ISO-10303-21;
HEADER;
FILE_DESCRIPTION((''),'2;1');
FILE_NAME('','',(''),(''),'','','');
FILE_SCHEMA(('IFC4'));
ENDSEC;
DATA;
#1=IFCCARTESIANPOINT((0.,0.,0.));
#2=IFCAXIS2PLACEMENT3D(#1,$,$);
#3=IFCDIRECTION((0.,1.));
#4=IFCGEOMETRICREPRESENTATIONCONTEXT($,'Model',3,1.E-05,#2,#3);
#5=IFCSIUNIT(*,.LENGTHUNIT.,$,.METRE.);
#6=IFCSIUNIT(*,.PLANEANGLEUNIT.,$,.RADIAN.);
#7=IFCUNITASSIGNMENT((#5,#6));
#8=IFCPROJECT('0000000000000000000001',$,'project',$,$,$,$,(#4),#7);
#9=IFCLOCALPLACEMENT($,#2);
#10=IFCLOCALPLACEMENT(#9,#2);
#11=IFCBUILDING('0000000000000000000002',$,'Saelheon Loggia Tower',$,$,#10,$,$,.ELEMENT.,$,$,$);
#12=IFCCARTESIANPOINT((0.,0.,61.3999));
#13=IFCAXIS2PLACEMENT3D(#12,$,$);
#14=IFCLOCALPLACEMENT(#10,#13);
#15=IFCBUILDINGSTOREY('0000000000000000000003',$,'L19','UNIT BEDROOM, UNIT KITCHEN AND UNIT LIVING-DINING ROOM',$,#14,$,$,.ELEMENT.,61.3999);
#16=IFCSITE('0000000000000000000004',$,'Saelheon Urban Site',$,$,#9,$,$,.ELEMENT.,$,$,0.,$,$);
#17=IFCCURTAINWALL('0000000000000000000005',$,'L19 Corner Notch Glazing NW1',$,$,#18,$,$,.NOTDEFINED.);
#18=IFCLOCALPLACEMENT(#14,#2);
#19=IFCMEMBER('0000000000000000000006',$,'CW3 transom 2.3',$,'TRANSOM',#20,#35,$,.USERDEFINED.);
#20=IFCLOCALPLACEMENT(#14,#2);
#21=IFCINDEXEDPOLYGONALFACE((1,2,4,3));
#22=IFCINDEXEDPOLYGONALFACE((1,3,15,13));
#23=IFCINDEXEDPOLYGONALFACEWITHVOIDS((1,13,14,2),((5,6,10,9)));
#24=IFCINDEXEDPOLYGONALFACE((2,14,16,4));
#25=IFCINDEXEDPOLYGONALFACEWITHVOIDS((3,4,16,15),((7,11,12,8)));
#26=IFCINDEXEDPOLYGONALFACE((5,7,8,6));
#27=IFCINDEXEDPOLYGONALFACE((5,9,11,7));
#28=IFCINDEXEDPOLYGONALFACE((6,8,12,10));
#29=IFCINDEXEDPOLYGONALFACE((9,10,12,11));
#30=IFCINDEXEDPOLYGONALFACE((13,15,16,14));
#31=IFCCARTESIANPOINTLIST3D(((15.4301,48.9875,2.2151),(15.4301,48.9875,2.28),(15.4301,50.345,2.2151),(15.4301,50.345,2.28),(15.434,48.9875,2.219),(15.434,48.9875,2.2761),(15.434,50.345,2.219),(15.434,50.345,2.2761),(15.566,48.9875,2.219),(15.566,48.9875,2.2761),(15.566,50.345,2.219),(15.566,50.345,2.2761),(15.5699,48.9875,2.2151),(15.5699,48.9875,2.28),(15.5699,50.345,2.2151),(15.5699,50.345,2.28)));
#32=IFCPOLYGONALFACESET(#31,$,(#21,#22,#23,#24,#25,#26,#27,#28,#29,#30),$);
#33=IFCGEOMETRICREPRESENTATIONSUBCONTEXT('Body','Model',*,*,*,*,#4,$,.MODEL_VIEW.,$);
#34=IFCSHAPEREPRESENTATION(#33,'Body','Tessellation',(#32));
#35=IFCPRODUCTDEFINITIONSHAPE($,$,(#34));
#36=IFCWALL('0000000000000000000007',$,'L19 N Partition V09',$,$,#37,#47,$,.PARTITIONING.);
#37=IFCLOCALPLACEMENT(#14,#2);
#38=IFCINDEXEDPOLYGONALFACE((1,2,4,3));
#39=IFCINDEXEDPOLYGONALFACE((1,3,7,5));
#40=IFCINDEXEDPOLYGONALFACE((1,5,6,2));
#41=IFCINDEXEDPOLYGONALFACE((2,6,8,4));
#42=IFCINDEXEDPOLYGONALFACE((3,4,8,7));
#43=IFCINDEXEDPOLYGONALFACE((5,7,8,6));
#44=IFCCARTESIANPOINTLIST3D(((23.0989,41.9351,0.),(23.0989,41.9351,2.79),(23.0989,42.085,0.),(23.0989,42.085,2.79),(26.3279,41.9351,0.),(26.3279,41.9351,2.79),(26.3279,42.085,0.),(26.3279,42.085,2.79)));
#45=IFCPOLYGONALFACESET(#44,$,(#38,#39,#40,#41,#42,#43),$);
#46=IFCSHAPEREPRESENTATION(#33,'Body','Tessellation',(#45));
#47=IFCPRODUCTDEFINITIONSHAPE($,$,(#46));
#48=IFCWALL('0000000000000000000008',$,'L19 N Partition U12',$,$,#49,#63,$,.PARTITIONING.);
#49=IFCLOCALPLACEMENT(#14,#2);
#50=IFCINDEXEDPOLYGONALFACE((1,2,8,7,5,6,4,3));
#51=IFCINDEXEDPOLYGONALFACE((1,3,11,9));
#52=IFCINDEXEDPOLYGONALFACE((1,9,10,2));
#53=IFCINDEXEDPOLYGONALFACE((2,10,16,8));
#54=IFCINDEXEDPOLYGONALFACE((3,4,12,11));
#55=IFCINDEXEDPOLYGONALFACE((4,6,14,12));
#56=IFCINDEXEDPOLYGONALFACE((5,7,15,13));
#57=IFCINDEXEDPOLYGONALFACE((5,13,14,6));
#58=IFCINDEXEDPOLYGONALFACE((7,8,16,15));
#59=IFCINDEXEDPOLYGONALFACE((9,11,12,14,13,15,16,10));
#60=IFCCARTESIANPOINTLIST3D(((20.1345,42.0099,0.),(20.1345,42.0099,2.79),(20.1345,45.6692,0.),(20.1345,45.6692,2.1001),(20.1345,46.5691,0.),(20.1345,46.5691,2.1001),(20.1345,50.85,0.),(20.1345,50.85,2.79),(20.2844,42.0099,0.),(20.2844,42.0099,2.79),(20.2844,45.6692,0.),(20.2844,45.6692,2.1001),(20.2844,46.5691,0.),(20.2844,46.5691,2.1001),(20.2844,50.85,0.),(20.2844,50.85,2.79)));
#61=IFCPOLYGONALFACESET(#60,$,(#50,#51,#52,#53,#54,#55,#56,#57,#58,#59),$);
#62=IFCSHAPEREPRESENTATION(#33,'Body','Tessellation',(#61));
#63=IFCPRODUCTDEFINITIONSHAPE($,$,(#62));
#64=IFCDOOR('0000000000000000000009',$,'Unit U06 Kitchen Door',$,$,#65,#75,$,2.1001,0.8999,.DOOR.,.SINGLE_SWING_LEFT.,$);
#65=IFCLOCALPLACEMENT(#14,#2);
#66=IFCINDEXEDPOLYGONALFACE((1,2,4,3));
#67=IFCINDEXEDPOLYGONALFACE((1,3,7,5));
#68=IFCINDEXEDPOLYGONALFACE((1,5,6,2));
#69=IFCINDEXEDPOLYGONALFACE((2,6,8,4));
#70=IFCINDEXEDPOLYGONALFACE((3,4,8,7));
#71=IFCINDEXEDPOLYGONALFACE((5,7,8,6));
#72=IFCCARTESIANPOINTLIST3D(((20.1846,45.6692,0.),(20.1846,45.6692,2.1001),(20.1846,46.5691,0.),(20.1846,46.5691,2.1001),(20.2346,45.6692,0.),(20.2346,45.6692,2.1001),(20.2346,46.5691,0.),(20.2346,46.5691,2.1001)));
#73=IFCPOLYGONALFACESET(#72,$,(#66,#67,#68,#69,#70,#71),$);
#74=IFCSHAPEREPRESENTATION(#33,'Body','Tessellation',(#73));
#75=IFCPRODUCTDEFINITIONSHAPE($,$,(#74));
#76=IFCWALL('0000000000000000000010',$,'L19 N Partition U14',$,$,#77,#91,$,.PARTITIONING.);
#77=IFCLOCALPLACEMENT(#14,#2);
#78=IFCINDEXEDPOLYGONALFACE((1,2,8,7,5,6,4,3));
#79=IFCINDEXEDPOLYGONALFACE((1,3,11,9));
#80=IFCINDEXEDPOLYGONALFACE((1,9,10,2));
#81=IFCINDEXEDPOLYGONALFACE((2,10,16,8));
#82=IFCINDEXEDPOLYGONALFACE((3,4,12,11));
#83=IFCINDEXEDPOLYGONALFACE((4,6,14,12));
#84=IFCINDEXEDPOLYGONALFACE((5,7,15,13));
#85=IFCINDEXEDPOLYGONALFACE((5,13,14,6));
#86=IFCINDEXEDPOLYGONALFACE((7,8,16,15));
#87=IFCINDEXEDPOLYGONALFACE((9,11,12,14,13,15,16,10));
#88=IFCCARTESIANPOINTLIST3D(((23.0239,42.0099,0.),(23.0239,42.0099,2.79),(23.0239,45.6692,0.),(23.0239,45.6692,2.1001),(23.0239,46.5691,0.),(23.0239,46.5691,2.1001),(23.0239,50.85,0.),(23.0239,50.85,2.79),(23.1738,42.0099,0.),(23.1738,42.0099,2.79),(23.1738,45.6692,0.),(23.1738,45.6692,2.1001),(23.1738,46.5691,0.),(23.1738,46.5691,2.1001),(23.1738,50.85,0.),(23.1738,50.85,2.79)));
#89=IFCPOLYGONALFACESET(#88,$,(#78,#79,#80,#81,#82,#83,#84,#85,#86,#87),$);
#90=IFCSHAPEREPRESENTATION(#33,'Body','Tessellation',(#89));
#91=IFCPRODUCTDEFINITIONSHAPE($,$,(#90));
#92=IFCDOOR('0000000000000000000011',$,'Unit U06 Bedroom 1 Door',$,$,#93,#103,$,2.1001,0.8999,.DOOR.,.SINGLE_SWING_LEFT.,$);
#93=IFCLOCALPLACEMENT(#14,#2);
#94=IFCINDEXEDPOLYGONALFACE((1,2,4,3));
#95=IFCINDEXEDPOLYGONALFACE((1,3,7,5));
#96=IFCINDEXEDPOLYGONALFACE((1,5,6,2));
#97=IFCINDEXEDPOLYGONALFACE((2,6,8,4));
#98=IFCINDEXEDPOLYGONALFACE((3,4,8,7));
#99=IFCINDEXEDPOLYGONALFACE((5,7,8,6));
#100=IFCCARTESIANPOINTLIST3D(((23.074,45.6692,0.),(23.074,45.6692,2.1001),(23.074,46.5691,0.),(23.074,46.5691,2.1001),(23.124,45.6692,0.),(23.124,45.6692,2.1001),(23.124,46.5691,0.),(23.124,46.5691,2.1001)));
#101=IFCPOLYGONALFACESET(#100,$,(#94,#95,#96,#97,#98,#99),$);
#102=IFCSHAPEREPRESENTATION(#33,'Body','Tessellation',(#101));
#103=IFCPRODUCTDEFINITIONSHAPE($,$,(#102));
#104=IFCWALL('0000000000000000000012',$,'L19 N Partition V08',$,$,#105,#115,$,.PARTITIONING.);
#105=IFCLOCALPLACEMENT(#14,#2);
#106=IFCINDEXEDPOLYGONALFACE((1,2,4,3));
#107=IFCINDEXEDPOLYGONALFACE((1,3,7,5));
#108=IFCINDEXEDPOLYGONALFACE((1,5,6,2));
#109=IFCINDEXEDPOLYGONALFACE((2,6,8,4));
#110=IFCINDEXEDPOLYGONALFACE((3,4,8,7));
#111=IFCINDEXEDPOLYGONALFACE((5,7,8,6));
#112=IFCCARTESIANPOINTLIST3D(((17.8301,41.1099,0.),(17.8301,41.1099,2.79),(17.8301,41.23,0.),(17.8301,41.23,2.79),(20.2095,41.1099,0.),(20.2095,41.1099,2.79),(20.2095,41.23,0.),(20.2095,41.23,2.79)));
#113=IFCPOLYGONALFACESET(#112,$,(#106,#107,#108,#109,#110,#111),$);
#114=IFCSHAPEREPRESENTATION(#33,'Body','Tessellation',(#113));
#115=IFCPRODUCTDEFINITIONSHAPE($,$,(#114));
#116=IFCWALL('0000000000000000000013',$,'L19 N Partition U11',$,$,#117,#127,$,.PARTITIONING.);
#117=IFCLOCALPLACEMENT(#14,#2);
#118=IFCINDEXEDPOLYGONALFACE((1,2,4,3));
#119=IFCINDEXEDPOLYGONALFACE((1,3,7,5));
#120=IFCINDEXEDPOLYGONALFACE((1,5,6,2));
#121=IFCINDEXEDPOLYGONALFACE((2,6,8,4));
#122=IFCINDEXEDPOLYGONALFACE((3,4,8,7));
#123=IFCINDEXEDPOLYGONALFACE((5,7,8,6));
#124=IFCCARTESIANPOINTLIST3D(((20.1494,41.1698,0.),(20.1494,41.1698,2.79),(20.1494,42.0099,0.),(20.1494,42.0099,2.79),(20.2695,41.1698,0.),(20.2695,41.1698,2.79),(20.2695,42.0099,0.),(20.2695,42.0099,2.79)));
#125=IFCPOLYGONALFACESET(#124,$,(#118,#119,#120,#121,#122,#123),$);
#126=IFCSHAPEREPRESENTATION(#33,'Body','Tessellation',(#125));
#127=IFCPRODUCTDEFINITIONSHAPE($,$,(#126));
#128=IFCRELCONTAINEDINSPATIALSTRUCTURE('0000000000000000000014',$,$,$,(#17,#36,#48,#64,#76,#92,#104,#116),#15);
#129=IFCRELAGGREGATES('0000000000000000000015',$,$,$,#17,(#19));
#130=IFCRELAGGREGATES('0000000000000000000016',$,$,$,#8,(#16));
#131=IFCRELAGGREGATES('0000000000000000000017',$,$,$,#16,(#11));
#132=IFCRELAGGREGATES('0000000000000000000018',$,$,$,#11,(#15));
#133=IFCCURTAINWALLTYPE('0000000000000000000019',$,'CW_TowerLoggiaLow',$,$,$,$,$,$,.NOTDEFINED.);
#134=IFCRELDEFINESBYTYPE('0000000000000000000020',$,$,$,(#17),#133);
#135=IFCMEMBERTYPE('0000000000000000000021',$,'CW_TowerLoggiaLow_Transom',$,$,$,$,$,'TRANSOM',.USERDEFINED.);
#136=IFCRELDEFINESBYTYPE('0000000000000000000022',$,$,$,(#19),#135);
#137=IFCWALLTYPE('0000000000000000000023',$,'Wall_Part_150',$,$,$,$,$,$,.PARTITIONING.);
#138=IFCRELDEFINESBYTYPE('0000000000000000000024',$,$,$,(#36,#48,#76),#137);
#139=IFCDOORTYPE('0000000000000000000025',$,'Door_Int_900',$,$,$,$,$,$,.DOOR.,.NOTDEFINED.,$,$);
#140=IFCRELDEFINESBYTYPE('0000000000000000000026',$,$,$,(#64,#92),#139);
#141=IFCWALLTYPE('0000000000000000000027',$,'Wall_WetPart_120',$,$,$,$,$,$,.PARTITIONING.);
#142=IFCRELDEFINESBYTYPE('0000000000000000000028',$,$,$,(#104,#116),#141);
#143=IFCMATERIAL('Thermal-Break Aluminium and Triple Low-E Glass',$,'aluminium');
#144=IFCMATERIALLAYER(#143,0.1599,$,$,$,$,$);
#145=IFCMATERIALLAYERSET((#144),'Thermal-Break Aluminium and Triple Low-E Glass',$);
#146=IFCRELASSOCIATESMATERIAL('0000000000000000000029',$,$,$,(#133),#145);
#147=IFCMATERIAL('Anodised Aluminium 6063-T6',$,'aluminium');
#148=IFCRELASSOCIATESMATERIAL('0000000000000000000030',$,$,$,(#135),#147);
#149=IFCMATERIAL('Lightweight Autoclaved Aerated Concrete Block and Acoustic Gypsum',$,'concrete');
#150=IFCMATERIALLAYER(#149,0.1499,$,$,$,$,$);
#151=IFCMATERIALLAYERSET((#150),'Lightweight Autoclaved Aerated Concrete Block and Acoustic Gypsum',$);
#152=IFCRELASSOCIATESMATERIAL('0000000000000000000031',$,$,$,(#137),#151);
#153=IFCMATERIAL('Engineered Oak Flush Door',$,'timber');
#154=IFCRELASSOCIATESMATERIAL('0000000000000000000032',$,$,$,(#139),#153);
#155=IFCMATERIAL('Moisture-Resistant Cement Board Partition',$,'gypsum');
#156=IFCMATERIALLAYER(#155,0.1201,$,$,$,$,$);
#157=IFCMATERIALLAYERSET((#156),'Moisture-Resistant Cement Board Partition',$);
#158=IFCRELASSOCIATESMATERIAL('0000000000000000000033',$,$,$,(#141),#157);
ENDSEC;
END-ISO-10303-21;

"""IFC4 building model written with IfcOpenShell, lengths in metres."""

from ifc_helpers import new_model, si_unit, direction, frame, frame_2d, origin, origin_2d, place, context, subcontext, project, spatial, rectangle, hollow_rectangle, extrude, source, transform, mapped, material, layer, layer_set, material_profile, profile_set, type_object, element, fill, aggregate, save


model = new_model("IFC4")

# Units and contexts
model_context = context("Model", 3, precision=1e-05, world=origin(), true_north=direction((0.0, 1.0)))
body_context = subcontext(model_context, "Body", "Model", "MODEL_VIEW")
ifc_project = project(units=[si_unit("LENGTHUNIT", "METRE"), si_unit("PLANEANGLEUNIT", "RADIAN")], contexts=[model_context])

# Site, building, storey
site_placement = place(None, origin())
site = spatial("IfcSite", under=ifc_project, at=site_placement, Name="Saelheon Urban Site", CompositionType="ELEMENT", RefElevation=0.0)
building_placement = place(site_placement, origin())
building = spatial("IfcBuilding", under=site, at=building_placement, Name="Saelheon Loggia Tower", CompositionType="ELEMENT")
storey_placement = place(building_placement, frame((0.0, 0.0, 61.3999)))
storey = spatial("IfcBuildingStorey", under=building, at=storey_placement, Name="L19", Description="UNIT BEDROOM, UNIT KITCHEN AND UNIT LIVING-DINING ROOM", CompositionType="ELEMENT", Elevation=61.3999)

# Curtain wall, member
ifc_material_1 = material(Name="Thermal-Break Aluminium and Triple Low-E Glass", Category="aluminium")
ifc_layer_1 = layer(ifc_material_1, 0.1599)
ifc_layer_set_1 = layer_set([ifc_layer_1], Name="Thermal-Break Aluminium and Triple Low-E Glass")
curtain_wall_type = type_object("IfcCurtainWallType", Name="CW_TowerLoggiaLow", PredefinedType="NOTDEFINED", material=ifc_layer_set_1)
curtain_wall_placement = place(storey_placement, origin())
curtain_wall = element("IfcCurtainWall", 1, at=curtain_wall_placement, inside=storey, type_object=curtain_wall_type, Name="L19 Corner Notch Glazing NW1", PredefinedType="NOTDEFINED")
ifc_material_2 = material(Name="Anodised Aluminium 6063-T6", Category="aluminium")
ifc_material_profile = material_profile(ifc_material_2, hollow_rectangle(XDim=0.0649, YDim=0.1399, WallThickness=0.0039, at=origin_2d()), Name="RHS-140x65x4")
ifc_profile_set = profile_set([ifc_material_profile], Name="Anodised Aluminium 6063-T6")
member_type = type_object("IfcMemberType", Name="CW_TowerLoggiaLow_Transom", ElementType="TRANSOM", PredefinedType="USERDEFINED", material=ifc_profile_set)
shared_shape_1 = source(origin(), body_context, "Body", "SweptSolid", [
    extrude(hollow_rectangle(XDim=0.0649, YDim=0.1399, WallThickness=0.0039, at=origin_2d()), origin(), (0.0, 0.0, 1.0), 1.3574),
])
member_placement = place(storey_placement, frame((15.5, 48.9875, 2.2476), z_axis=(0.0, 1.0, 0.0), x_axis=(0.0, 0.0, 1.0)))
member = element("IfcMember", 2, at=member_placement, type_object=member_type, Name="CW3 transom 2.3", ObjectType="TRANSOM", PredefinedType="USERDEFINED", context=body_context, shape_type="MappedRepresentation", body=[
    mapped(shared_shape_1, transform((0.0, 0.0, 0.0), scale=1.0)),
])
aggregate(curtain_wall, [member])

# Wall
ifc_material_3 = material(Name="Lightweight Autoclaved Aerated Concrete Block and Acoustic Gypsum", Category="concrete")
ifc_layer_2 = layer(ifc_material_3, 0.1499)
ifc_layer_set_2 = layer_set([ifc_layer_2], Name="Lightweight Autoclaved Aerated Concrete Block and Acoustic Gypsum")
wall_type_1 = type_object("IfcWallType", Name="Wall_Part_150", PredefinedType="PARTITIONING", material=ifc_layer_set_2)
wall_1_placement = place(storey_placement, frame((23.0989, 42.01, 0.0), z_axis=(0.0, 0.0, 1.0), x_axis=(1.0, 0.0, 0.0)))
element("IfcWall", 3, at=wall_1_placement, inside=storey, type_object=wall_type_1, Name="L19 N Partition V09", PredefinedType="PARTITIONING", context=body_context, shape_type="SweptSolid", body=[
    extrude(rectangle(XDim=3.229, YDim=0.1499, at=frame_2d((1.6145, 0.0))), origin(), (0.0, 0.0, 1.0), 2.79),
])

# Walls, openings, doors
wall_2_placement = place(storey_placement, frame((20.2095, 42.01, 0.0), z_axis=(0.0, 0.0, 1.0), x_axis=(0.0, 1.0, 0.0)))
wall_2 = element("IfcWall", 4, at=wall_2_placement, inside=storey, type_object=wall_type_1, Name="L19 N Partition U12", PredefinedType="PARTITIONING", context=body_context, shape_type="SweptSolid", body=[
    extrude(rectangle(XDim=8.8401, YDim=0.1499, at=frame_2d((4.4199, 0.0))), origin(), (0.0, 0.0, 1.0), 2.79),
])
opening_1_placement = place(wall_2_placement, frame((3.6592, 0.0, 0.0)))
opening_1 = element("IfcOpeningElement", 5, at=opening_1_placement, cuts=wall_2, PredefinedType="OPENING", context=body_context, shape_type="SweptSolid", body=[
    extrude(rectangle(XDim=0.8999, YDim=2.1001, at=frame_2d((0.45, 1.05))), frame((0.0, 0.0869, 0.0), z_axis=(0.0, -1.0, 0.0), x_axis=(1.0, 0.0, 0.0)), (0.0, 0.0, 1.0), 0.1738),
])
ifc_material_4 = material(Name="Engineered Oak Flush Door", Category="timber")
door_type = type_object("IfcDoorType", Name="Door_Int_900", OperationType="NOTDEFINED", PredefinedType="DOOR", material=ifc_material_4)
shared_shape_2 = source(origin(), body_context, "Body", "SweptSolid", [
    extrude(rectangle(XDim=0.8999, YDim=2.1001, at=frame_2d((0.45, 1.05))), frame((0.0, 0.0249, 0.0), z_axis=(0.0, -1.0, 0.0), x_axis=(1.0, 0.0, 0.0)), (0.0, 0.0, 1.0), 0.05),
])
door_1_placement = place(opening_1_placement, origin())
door_1 = element("IfcDoor", 6, at=door_1_placement, inside=storey, type_object=door_type, Name="Unit U06 Kitchen Door", OperationType="SINGLE_SWING_LEFT", OverallHeight=2.1001, OverallWidth=0.8999, PredefinedType="DOOR", context=body_context, shape_type="MappedRepresentation", body=[
    mapped(shared_shape_2, transform((0.0, 0.0, 0.0), scale=1.0)),
])
fill(opening_1, door_1)
wall_3_placement = place(storey_placement, frame((23.0989, 42.01, 0.0), z_axis=(0.0, 0.0, 1.0), x_axis=(0.0, 1.0, 0.0)))
wall_3 = element("IfcWall", 7, at=wall_3_placement, inside=storey, type_object=wall_type_1, Name="L19 N Partition U14", PredefinedType="PARTITIONING", context=body_context, shape_type="SweptSolid", body=[
    extrude(rectangle(XDim=8.8401, YDim=0.1499, at=frame_2d((4.4199, 0.0))), origin(), (0.0, 0.0, 1.0), 2.79),
])
opening_2_placement = place(wall_3_placement, frame((3.6592, 0.0, 0.0)))
opening_2 = element("IfcOpeningElement", 8, at=opening_2_placement, cuts=wall_3, PredefinedType="OPENING", context=body_context, shape_type="SweptSolid", body=[
    extrude(rectangle(XDim=0.8999, YDim=2.1001, at=frame_2d((0.45, 1.05))), frame((0.0, 0.0869, 0.0), z_axis=(0.0, -1.0, 0.0), x_axis=(1.0, 0.0, 0.0)), (0.0, 0.0, 1.0), 0.1738),
])
door_2_placement = place(opening_2_placement, origin())
door_2 = element("IfcDoor", 9, at=door_2_placement, inside=storey, type_object=door_type, Name="Unit U06 Bedroom 1 Door", OperationType="SINGLE_SWING_LEFT", OverallHeight=2.1001, OverallWidth=0.8999, PredefinedType="DOOR", context=body_context, shape_type="MappedRepresentation", body=[
    mapped(shared_shape_2, transform((0.0, 0.0, 0.0), scale=1.0)),
])
fill(opening_2, door_2)

# Walls
ifc_material_5 = material(Name="Moisture-Resistant Cement Board Partition", Category="gypsum")
ifc_layer_3 = layer(ifc_material_5, 0.1201)
ifc_layer_set_3 = layer_set([ifc_layer_3], Name="Moisture-Resistant Cement Board Partition")
wall_type_2 = type_object("IfcWallType", Name="Wall_WetPart_120", PredefinedType="PARTITIONING", material=ifc_layer_set_3)
wall_4_placement = place(storey_placement, frame((17.8301, 41.1699, 0.0), z_axis=(0.0, 0.0, 1.0), x_axis=(1.0, 0.0, 0.0)))
element("IfcWall", 10, at=wall_4_placement, inside=storey, type_object=wall_type_2, Name="L19 N Partition V08", PredefinedType="PARTITIONING", context=body_context, shape_type="SweptSolid", body=[
    extrude(rectangle(XDim=2.3794, YDim=0.1201, at=frame_2d((1.1897, 0.0))), origin(), (0.0, 0.0, 1.0), 2.79),
])
wall_5_placement = place(storey_placement, frame((20.2095, 41.1699, 0.0), z_axis=(0.0, 0.0, 1.0), x_axis=(0.0, 1.0, 0.0)))
element("IfcWall", 11, at=wall_5_placement, inside=storey, type_object=wall_type_2, Name="L19 N Partition U11", PredefinedType="PARTITIONING", context=body_context, shape_type="SweptSolid", body=[
    extrude(rectangle(XDim=0.8401, YDim=0.1201, at=frame_2d((0.4199, 0.0))), origin(), (0.0, 0.0, 1.0), 2.79),
])

save(model, "model.ifc")
